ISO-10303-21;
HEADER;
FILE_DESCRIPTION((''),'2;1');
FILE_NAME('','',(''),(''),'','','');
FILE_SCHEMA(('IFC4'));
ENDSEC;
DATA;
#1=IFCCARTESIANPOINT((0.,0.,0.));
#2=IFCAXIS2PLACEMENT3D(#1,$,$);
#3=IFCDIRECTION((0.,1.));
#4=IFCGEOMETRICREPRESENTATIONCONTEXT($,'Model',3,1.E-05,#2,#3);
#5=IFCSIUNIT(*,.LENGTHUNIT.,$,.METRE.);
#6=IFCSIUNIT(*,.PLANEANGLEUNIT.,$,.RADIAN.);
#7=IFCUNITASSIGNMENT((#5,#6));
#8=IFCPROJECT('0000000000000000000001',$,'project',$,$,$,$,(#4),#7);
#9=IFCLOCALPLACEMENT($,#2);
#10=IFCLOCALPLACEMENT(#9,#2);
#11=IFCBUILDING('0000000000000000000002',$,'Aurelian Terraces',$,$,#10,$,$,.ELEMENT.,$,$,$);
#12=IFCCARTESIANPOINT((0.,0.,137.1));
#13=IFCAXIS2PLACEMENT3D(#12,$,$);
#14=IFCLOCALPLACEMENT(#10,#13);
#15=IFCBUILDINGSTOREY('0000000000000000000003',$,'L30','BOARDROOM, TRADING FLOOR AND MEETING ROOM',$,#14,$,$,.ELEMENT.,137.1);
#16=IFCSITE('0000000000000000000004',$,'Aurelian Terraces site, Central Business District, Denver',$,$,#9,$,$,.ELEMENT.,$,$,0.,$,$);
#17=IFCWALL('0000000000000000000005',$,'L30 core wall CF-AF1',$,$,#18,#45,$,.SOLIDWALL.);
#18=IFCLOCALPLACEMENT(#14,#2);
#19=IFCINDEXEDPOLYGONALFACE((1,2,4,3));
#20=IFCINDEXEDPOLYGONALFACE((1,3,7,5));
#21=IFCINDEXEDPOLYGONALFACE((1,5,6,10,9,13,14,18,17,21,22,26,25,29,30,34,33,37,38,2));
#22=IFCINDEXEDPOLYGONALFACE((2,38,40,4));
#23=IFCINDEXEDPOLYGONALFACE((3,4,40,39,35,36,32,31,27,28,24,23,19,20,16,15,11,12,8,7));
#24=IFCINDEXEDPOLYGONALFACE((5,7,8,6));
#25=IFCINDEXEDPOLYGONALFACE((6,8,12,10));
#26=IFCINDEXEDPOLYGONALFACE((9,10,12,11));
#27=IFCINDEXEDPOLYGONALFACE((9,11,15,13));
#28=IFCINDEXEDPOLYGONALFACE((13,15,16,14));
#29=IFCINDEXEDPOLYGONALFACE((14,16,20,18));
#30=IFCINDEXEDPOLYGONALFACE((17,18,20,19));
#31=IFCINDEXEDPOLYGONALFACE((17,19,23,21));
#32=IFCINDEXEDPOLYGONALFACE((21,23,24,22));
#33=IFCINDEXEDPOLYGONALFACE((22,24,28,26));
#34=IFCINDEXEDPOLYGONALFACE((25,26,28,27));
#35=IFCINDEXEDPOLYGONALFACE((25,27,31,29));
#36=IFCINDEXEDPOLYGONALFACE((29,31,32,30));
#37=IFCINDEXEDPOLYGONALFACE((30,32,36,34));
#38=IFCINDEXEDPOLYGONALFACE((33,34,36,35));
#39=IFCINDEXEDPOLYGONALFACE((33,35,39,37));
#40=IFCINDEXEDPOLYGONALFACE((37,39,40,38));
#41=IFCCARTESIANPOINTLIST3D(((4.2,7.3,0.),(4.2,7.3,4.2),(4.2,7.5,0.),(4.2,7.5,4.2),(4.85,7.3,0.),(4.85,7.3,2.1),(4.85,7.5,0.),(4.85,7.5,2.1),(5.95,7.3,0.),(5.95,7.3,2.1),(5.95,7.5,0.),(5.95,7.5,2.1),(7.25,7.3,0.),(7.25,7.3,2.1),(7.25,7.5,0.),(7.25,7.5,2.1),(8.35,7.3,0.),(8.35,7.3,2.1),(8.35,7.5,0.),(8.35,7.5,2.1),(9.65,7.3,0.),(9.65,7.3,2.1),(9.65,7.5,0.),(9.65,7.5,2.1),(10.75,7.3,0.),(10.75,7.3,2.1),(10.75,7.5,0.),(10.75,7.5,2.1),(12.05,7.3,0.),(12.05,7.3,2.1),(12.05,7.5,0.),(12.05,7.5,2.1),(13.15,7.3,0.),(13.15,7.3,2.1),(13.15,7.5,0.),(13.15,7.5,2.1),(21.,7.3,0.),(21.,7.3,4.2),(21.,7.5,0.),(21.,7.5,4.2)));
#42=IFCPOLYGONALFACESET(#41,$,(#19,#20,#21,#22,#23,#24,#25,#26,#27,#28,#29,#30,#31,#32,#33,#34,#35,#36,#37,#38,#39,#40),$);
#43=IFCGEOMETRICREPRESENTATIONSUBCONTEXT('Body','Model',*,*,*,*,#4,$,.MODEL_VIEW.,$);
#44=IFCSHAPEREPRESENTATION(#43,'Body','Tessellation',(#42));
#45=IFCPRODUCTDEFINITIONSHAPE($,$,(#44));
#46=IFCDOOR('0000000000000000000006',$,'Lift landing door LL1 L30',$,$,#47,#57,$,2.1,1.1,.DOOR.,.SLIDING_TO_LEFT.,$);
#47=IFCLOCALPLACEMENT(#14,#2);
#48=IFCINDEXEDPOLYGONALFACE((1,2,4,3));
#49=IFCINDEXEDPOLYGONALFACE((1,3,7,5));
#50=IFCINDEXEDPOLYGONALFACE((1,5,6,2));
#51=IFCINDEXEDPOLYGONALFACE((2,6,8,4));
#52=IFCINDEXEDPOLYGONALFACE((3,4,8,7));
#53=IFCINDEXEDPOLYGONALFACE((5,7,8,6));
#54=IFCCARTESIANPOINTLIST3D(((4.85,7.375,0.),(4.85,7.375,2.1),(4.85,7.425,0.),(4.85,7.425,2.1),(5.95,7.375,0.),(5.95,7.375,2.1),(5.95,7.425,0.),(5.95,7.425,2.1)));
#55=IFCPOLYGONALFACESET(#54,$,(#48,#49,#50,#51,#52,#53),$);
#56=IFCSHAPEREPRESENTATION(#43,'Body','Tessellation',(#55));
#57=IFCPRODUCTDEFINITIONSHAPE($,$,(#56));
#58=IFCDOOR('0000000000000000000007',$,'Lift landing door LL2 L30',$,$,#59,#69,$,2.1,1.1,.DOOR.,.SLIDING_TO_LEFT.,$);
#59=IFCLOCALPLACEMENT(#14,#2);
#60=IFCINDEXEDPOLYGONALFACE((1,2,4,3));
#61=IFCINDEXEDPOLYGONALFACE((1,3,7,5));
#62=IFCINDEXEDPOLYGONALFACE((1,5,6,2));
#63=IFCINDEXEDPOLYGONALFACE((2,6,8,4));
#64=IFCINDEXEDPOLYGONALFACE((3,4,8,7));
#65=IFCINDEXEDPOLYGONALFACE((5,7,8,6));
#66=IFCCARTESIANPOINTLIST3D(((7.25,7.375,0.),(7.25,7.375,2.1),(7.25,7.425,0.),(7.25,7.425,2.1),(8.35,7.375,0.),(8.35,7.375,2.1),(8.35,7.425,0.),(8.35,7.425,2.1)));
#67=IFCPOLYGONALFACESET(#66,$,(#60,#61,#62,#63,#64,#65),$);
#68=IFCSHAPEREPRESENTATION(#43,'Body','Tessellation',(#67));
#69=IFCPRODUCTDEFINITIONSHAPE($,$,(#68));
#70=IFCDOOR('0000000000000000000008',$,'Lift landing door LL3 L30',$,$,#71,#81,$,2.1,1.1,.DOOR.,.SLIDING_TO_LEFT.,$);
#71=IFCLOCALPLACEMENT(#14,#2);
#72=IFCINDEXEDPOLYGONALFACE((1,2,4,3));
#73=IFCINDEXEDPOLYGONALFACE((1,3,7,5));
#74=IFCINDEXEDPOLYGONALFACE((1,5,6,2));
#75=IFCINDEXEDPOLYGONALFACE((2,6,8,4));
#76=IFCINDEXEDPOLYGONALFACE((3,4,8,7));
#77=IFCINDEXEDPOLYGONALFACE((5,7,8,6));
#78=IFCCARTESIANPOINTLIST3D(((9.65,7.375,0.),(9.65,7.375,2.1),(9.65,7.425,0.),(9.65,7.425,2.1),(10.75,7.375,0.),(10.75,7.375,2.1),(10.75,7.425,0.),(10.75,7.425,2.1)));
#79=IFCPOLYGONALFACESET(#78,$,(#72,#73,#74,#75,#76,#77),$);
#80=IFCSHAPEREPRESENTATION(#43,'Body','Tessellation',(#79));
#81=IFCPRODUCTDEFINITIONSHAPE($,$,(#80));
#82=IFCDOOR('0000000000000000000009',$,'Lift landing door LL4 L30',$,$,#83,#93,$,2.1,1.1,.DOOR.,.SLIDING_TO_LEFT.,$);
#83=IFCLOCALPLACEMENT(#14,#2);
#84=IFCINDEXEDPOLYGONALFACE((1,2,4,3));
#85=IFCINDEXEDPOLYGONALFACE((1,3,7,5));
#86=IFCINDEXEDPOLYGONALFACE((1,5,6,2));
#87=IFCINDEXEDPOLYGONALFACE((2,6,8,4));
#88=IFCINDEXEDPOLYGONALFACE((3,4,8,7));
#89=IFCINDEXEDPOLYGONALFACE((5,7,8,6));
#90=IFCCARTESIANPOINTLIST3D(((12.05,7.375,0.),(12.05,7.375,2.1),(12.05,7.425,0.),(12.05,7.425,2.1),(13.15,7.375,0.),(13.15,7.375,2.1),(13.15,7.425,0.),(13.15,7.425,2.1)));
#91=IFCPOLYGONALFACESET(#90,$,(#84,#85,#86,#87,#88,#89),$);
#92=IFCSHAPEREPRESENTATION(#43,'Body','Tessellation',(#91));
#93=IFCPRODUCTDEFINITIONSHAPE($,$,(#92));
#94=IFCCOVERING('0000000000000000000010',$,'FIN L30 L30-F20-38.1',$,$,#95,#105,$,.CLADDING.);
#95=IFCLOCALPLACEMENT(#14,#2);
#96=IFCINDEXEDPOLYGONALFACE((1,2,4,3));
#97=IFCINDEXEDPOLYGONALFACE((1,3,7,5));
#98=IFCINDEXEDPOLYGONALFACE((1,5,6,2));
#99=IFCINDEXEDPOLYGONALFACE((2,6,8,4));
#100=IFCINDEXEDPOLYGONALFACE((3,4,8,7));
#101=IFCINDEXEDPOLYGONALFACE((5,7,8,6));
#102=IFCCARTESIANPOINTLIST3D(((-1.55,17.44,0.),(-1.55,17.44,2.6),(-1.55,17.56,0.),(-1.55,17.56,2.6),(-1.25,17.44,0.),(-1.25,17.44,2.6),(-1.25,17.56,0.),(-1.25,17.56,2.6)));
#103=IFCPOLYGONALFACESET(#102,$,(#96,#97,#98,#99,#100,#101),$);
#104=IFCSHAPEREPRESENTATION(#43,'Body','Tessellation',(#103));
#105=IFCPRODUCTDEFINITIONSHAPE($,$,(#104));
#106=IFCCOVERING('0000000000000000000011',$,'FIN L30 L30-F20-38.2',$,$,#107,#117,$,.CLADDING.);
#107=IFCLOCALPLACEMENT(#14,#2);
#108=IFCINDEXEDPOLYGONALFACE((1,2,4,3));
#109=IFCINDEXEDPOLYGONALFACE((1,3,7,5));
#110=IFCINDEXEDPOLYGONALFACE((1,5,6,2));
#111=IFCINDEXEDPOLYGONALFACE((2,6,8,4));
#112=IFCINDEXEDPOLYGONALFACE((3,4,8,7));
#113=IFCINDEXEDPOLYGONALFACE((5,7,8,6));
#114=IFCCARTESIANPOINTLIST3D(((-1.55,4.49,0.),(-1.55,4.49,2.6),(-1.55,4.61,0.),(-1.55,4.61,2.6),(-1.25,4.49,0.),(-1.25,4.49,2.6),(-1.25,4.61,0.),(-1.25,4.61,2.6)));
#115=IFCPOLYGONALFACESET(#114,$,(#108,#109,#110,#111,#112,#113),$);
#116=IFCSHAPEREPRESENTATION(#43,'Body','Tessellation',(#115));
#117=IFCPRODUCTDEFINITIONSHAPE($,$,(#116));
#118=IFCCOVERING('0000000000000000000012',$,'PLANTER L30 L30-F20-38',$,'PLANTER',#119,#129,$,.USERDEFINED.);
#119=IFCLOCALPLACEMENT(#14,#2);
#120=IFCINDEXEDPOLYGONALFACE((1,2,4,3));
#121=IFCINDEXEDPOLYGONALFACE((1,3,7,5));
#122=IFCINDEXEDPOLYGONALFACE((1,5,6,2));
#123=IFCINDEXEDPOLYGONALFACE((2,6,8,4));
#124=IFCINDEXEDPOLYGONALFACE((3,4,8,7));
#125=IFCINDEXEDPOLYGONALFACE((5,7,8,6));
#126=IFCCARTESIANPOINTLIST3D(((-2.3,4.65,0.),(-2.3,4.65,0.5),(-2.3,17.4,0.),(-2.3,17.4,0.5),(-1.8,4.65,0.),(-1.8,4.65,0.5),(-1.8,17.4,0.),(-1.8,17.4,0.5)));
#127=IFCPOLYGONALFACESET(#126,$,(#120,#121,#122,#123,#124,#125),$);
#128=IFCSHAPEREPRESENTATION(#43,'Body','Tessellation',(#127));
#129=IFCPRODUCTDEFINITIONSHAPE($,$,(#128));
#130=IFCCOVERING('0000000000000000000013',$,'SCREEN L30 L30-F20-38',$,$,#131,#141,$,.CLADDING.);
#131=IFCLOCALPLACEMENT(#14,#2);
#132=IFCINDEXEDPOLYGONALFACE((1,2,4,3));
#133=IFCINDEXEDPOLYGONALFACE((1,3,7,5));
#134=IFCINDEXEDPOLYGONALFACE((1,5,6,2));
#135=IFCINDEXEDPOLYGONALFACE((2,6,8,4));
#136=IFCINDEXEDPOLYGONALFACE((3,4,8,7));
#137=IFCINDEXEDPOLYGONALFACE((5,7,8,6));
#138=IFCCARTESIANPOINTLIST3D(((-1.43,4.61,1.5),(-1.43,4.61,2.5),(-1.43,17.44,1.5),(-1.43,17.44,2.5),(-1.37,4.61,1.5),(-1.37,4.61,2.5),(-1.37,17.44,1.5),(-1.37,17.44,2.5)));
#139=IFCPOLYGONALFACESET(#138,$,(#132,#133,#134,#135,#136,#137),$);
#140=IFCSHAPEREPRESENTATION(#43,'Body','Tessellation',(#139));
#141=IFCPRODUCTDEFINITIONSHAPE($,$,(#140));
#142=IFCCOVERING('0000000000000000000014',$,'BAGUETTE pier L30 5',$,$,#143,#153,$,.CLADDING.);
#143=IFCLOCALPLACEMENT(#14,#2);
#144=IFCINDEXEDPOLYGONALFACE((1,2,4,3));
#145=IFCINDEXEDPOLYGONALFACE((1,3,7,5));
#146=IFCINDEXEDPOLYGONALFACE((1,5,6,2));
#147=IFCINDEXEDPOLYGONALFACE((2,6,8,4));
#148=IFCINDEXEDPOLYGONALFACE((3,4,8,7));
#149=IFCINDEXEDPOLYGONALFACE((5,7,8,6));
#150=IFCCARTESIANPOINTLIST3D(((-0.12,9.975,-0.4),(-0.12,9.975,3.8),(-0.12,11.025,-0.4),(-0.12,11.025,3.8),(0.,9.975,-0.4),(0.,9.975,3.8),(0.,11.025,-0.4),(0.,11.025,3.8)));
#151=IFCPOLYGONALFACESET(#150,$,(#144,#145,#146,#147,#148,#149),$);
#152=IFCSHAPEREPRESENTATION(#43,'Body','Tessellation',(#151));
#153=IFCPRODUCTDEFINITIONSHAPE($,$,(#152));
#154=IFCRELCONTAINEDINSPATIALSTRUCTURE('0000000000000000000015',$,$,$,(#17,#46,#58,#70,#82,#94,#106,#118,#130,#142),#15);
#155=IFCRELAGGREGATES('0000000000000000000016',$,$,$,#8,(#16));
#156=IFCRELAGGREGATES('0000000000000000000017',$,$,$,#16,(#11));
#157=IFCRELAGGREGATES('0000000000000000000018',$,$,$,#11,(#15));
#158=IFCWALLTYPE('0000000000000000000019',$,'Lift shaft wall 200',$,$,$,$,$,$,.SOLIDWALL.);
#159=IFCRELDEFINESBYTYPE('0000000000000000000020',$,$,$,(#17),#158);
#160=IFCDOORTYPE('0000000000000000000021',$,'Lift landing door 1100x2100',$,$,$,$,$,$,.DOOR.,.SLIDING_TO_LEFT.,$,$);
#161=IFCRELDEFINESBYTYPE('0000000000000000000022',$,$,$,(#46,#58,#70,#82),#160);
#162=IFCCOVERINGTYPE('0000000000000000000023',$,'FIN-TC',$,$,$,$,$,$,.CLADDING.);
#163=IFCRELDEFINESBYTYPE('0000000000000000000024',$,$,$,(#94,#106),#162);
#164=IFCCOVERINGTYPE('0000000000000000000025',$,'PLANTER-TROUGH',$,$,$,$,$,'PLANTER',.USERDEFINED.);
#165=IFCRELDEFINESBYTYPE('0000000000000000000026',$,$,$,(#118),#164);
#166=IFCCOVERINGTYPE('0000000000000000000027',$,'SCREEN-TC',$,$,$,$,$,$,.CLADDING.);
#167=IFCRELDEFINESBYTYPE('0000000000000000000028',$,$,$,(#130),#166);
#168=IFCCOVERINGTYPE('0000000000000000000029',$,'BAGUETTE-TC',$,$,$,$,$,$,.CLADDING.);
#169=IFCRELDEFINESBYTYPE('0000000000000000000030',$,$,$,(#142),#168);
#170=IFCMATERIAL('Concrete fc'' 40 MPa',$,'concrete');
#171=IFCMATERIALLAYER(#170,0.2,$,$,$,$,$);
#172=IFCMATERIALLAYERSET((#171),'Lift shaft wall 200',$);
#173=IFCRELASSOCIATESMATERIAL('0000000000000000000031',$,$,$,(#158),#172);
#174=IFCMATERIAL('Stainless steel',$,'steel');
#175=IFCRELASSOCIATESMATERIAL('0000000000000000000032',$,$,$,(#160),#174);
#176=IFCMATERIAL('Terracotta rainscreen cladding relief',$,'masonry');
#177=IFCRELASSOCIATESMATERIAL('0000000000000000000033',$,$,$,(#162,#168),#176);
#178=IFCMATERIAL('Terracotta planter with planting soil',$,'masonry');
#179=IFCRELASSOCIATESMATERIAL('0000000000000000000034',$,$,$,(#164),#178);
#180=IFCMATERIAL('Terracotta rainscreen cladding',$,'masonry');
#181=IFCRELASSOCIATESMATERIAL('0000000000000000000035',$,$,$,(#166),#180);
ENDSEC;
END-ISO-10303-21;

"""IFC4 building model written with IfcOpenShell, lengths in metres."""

from ifc_helpers import new_model, si_unit, direction, frame, frame_2d, origin, origin_2d, place, context, subcontext, project, spatial, rectangle, extrude, source, transform, mapped, material, layer, layer_set, type_object, element, fill, save


model = new_model("IFC4")

# Units and contexts
model_context = context("Model", 3, precision=1e-05, world=origin(), true_north=direction((0.0, 1.0)))
body_context = subcontext(model_context, "Body", "Model", "MODEL_VIEW")
ifc_project = project(units=[si_unit("LENGTHUNIT", "METRE"), si_unit("PLANEANGLEUNIT", "RADIAN")], contexts=[model_context])

# Site, building, storey
site_placement = place(None, origin())
site = spatial("IfcSite", under=ifc_project, at=site_placement, Name="Aurelian Terraces site, Central Business District, Denver", CompositionType="ELEMENT", RefElevation=0.0)
building_placement = place(site_placement, origin())
building = spatial("IfcBuilding", under=site, at=building_placement, Name="Aurelian Terraces", CompositionType="ELEMENT")
storey_placement = place(building_placement, frame((0.0, 0.0, 137.1)))
storey = spatial("IfcBuildingStorey", under=building, at=storey_placement, Name="L30", Description="BOARDROOM, TRADING FLOOR AND MEETING ROOM", CompositionType="ELEMENT", Elevation=137.1)

# Shared definitions
ifc_material_1 = material(Name="Concrete fc' 40 MPa", Category="concrete")

# Shared definitions
ifc_material_2 = material(Name="Terracotta rainscreen cladding", Category="masonry")

# Wall, openings, doors
ifc_layer_1 = layer(ifc_material_1, 0.2)
ifc_layer_set_1 = layer_set([ifc_layer_1], Name="Lift shaft wall 200")
wall_type_1 = type_object("IfcWallType", Name="Lift shaft wall 200", PredefinedType="SOLIDWALL", material=ifc_layer_set_1)
shared_shape_1 = source(origin(), body_context, "Body", "SweptSolid", [
    extrude(rectangle(XDim=16.8, YDim=0.2, at=frame_2d((8.4, 0.0))), origin(), (0.0, 0.0, 1.0), 4.2),
])
wall_1_placement = place(storey_placement, frame((4.2, 7.4, 0.0), z_axis=(0.0, 0.0, 1.0), x_axis=(1.0, 0.0, 0.0)))
wall_1 = element("IfcWall", 1, at=wall_1_placement, inside=storey, type_object=wall_type_1, Name="L30 core wall CF-AF1", PredefinedType="SOLIDWALL", context=body_context, shape_type="MappedRepresentation", body=[
    mapped(shared_shape_1, transform((0.0, 0.0, 0.0), scale=1.0)),
])
shared_shape_2 = source(origin(), body_context, "Body", "SweptSolid", [
    extrude(rectangle(XDim=1.1, YDim=2.1, at=frame_2d((0.55, 1.05))), frame((0.0, 0.11, 0.0), z_axis=(0.0, -1.0, 0.0), x_axis=(1.0, 0.0, 0.0)), (0.0, 0.0, 1.0), 0.22),
])
opening_1_placement = place(wall_1_placement, frame((0.65, 0.0, 0.0)))
opening_1 = element("IfcOpeningElement", 2, at=opening_1_placement, cuts=wall_1, PredefinedType="OPENING", context=body_context, shape_type="MappedRepresentation", body=[
    mapped(shared_shape_2, transform((0.0, 0.0, 0.0), scale=1.0)),
])
opening_2_placement = place(wall_1_placement, frame((3.05, 0.0, 0.0)))
opening_2 = element("IfcOpeningElement", 3, at=opening_2_placement, cuts=wall_1, PredefinedType="OPENING", context=body_context, shape_type="MappedRepresentation", body=[
    mapped(shared_shape_2, transform((0.0, 0.0, 0.0), scale=1.0)),
])
opening_3_placement = place(wall_1_placement, frame((5.45, 0.0, 0.0)))
opening_3 = element("IfcOpeningElement", 4, at=opening_3_placement, cuts=wall_1, PredefinedType="OPENING", context=body_context, shape_type="MappedRepresentation", body=[
    mapped(shared_shape_2, transform((0.0, 0.0, 0.0), scale=1.0)),
])
opening_4_placement = place(wall_1_placement, frame((7.85, 0.0, 0.0)))
opening_4 = element("IfcOpeningElement", 5, at=opening_4_placement, cuts=wall_1, PredefinedType="OPENING", context=body_context, shape_type="MappedRepresentation", body=[
    mapped(shared_shape_2, transform((0.0, 0.0, 0.0), scale=1.0)),
])
ifc_material_3 = material(Name="Stainless steel", Category="steel")
door_type_1 = type_object("IfcDoorType", Name="Lift landing door 1100x2100", OperationType="SLIDING_TO_LEFT", PredefinedType="DOOR", material=ifc_material_3)
shared_shape_3 = source(origin(), body_context, "Body", "SweptSolid", [
    extrude(rectangle(XDim=1.1, YDim=2.1, at=frame_2d((0.55, 1.05))), frame((0.0, 0.025, 0.0), z_axis=(0.0, -1.0, 0.0), x_axis=(1.0, 0.0, 0.0)), (0.0, 0.0, 1.0), 0.05),
])
door_1_placement = place(opening_1_placement, origin())
door_1 = element("IfcDoor", 6, at=door_1_placement, inside=storey, type_object=door_type_1, Name="Lift landing door LL1 L30", OperationType="SLIDING_TO_LEFT", OverallHeight=2.1, OverallWidth=1.1, PredefinedType="DOOR", context=body_context, shape_type="MappedRepresentation", body=[
    mapped(shared_shape_3, transform((0.0, 0.0, 0.0), scale=1.0)),
])
fill(opening_1, door_1)
door_2_placement = place(opening_2_placement, origin())
door_2 = element("IfcDoor", 7, at=door_2_placement, inside=storey, type_object=door_type_1, Name="Lift landing door LL2 L30", OperationType="SLIDING_TO_LEFT", OverallHeight=2.1, OverallWidth=1.1, PredefinedType="DOOR", context=body_context, shape_type="MappedRepresentation", body=[
    mapped(shared_shape_3, transform((0.0, 0.0, 0.0), scale=1.0)),
])
fill(opening_2, door_2)
door_3_placement = place(opening_3_placement, origin())
door_3 = element("IfcDoor", 8, at=door_3_placement, inside=storey, type_object=door_type_1, Name="Lift landing door LL3 L30", OperationType="SLIDING_TO_LEFT", OverallHeight=2.1, OverallWidth=1.1, PredefinedType="DOOR", context=body_context, shape_type="MappedRepresentation", body=[
    mapped(shared_shape_3, transform((0.0, 0.0, 0.0), scale=1.0)),
])
fill(opening_3, door_3)
door_4_placement = place(opening_4_placement, origin())
door_4 = element("IfcDoor", 9, at=door_4_placement, inside=storey, type_object=door_type_1, Name="Lift landing door LL4 L30", OperationType="SLIDING_TO_LEFT", OverallHeight=2.1, OverallWidth=1.1, PredefinedType="DOOR", context=body_context, shape_type="MappedRepresentation", body=[
    mapped(shared_shape_3, transform((0.0, 0.0, 0.0), scale=1.0)),
])
fill(opening_4, door_4)

# Coverings
ifc_material_4 = material(Name="Terracotta rainscreen cladding relief", Category="masonry")
covering_type_1 = type_object("IfcCoveringType", Name="FIN-TC", PredefinedType="CLADDING", material=ifc_material_4)
shared_shape_4 = source(origin(), body_context, "Body", "SweptSolid", [
    extrude(rectangle(XDim=0.3, YDim=0.12, at=origin_2d()), origin(), (0.0, 0.0, 1.0), 2.6),
])
for number, where, z_axis, x_axis, name in (
    (10, (-1.4, 17.5, 0.0), (0.0, 0.0, 1.0), (1.0, 0.0, 0.0), "FIN L30 L30-F20-38.1"),
    (11, (-1.4, 4.55, 0.0), (0.0, 0.0, 1.0), (1.0, 0.0, 0.0), "FIN L30 L30-F20-38.2"),
):
    element("IfcCovering", number, at=place(storey_placement, frame(where, z_axis=z_axis, x_axis=x_axis)), inside=storey, type_object=covering_type_1, Name=name, PredefinedType="CLADDING", context=body_context, shape_type="MappedRepresentation", body=[
        mapped(shared_shape_4, transform((0.0, 0.0, 0.0), scale=1.0)),
    ])

# Coverings
ifc_material_5 = material(Name="Terracotta planter with planting soil", Category="masonry")
covering_type_2 = type_object("IfcCoveringType", Name="PLANTER-TROUGH", ElementType="PLANTER", PredefinedType="USERDEFINED", material=ifc_material_5)
shared_shape_5 = source(origin(), body_context, "Body", "SweptSolid", [
    extrude(rectangle(XDim=0.5, YDim=12.75, at=origin_2d()), origin(), (0.0, 0.0, 1.0), 0.5),
])
covering_1_placement = place(storey_placement, frame((-2.05, 11.025, 0.0), z_axis=(0.0, 0.0, 1.0), x_axis=(1.0, 0.0, 0.0)))
element("IfcCovering", 12, at=covering_1_placement, inside=storey, type_object=covering_type_2, Name="PLANTER L30 L30-F20-38", ObjectType="PLANTER", PredefinedType="USERDEFINED", context=body_context, shape_type="MappedRepresentation", body=[
    mapped(shared_shape_5, transform((0.0, 0.0, 0.0), scale=1.0)),
])
covering_type_3 = type_object("IfcCoveringType", Name="SCREEN-TC", PredefinedType="CLADDING", material=ifc_material_2)
shared_shape_6 = source(origin(), body_context, "Body", "SweptSolid", [
    extrude(rectangle(XDim=0.06, YDim=12.83, at=origin_2d()), origin(), (0.0, 0.0, 1.0), 1.0),
])
covering_2_placement = place(storey_placement, frame((-1.4, 11.025, 1.5), z_axis=(0.0, 0.0, 1.0), x_axis=(1.0, 0.0, 0.0)))
element("IfcCovering", 13, at=covering_2_placement, inside=storey, type_object=covering_type_3, Name="SCREEN L30 L30-F20-38", PredefinedType="CLADDING", context=body_context, shape_type="MappedRepresentation", body=[
    mapped(shared_shape_6, transform((0.0, 0.0, 0.0), scale=1.0)),
])
covering_type_4 = type_object("IfcCoveringType", Name="BAGUETTE-TC", PredefinedType="CLADDING", material=ifc_material_4)
shared_shape_7 = source(origin(), body_context, "Body", "SweptSolid", [
    extrude(rectangle(XDim=0.12, YDim=1.05, at=origin_2d()), origin(), (0.0, 0.0, 1.0), 4.2),
])
covering_3_placement = place(storey_placement, frame((-0.06, 10.5, -0.4), z_axis=(0.0, 0.0, 1.0), x_axis=(1.0, 0.0, 0.0)))
element("IfcCovering", 14, at=covering_3_placement, inside=storey, type_object=covering_type_4, Name="BAGUETTE pier L30 5", PredefinedType="CLADDING", context=body_context, shape_type="MappedRepresentation", body=[
    mapped(shared_shape_7, transform((0.0, 0.0, 0.0), scale=1.0)),
])

save(model, "model.ifc")
